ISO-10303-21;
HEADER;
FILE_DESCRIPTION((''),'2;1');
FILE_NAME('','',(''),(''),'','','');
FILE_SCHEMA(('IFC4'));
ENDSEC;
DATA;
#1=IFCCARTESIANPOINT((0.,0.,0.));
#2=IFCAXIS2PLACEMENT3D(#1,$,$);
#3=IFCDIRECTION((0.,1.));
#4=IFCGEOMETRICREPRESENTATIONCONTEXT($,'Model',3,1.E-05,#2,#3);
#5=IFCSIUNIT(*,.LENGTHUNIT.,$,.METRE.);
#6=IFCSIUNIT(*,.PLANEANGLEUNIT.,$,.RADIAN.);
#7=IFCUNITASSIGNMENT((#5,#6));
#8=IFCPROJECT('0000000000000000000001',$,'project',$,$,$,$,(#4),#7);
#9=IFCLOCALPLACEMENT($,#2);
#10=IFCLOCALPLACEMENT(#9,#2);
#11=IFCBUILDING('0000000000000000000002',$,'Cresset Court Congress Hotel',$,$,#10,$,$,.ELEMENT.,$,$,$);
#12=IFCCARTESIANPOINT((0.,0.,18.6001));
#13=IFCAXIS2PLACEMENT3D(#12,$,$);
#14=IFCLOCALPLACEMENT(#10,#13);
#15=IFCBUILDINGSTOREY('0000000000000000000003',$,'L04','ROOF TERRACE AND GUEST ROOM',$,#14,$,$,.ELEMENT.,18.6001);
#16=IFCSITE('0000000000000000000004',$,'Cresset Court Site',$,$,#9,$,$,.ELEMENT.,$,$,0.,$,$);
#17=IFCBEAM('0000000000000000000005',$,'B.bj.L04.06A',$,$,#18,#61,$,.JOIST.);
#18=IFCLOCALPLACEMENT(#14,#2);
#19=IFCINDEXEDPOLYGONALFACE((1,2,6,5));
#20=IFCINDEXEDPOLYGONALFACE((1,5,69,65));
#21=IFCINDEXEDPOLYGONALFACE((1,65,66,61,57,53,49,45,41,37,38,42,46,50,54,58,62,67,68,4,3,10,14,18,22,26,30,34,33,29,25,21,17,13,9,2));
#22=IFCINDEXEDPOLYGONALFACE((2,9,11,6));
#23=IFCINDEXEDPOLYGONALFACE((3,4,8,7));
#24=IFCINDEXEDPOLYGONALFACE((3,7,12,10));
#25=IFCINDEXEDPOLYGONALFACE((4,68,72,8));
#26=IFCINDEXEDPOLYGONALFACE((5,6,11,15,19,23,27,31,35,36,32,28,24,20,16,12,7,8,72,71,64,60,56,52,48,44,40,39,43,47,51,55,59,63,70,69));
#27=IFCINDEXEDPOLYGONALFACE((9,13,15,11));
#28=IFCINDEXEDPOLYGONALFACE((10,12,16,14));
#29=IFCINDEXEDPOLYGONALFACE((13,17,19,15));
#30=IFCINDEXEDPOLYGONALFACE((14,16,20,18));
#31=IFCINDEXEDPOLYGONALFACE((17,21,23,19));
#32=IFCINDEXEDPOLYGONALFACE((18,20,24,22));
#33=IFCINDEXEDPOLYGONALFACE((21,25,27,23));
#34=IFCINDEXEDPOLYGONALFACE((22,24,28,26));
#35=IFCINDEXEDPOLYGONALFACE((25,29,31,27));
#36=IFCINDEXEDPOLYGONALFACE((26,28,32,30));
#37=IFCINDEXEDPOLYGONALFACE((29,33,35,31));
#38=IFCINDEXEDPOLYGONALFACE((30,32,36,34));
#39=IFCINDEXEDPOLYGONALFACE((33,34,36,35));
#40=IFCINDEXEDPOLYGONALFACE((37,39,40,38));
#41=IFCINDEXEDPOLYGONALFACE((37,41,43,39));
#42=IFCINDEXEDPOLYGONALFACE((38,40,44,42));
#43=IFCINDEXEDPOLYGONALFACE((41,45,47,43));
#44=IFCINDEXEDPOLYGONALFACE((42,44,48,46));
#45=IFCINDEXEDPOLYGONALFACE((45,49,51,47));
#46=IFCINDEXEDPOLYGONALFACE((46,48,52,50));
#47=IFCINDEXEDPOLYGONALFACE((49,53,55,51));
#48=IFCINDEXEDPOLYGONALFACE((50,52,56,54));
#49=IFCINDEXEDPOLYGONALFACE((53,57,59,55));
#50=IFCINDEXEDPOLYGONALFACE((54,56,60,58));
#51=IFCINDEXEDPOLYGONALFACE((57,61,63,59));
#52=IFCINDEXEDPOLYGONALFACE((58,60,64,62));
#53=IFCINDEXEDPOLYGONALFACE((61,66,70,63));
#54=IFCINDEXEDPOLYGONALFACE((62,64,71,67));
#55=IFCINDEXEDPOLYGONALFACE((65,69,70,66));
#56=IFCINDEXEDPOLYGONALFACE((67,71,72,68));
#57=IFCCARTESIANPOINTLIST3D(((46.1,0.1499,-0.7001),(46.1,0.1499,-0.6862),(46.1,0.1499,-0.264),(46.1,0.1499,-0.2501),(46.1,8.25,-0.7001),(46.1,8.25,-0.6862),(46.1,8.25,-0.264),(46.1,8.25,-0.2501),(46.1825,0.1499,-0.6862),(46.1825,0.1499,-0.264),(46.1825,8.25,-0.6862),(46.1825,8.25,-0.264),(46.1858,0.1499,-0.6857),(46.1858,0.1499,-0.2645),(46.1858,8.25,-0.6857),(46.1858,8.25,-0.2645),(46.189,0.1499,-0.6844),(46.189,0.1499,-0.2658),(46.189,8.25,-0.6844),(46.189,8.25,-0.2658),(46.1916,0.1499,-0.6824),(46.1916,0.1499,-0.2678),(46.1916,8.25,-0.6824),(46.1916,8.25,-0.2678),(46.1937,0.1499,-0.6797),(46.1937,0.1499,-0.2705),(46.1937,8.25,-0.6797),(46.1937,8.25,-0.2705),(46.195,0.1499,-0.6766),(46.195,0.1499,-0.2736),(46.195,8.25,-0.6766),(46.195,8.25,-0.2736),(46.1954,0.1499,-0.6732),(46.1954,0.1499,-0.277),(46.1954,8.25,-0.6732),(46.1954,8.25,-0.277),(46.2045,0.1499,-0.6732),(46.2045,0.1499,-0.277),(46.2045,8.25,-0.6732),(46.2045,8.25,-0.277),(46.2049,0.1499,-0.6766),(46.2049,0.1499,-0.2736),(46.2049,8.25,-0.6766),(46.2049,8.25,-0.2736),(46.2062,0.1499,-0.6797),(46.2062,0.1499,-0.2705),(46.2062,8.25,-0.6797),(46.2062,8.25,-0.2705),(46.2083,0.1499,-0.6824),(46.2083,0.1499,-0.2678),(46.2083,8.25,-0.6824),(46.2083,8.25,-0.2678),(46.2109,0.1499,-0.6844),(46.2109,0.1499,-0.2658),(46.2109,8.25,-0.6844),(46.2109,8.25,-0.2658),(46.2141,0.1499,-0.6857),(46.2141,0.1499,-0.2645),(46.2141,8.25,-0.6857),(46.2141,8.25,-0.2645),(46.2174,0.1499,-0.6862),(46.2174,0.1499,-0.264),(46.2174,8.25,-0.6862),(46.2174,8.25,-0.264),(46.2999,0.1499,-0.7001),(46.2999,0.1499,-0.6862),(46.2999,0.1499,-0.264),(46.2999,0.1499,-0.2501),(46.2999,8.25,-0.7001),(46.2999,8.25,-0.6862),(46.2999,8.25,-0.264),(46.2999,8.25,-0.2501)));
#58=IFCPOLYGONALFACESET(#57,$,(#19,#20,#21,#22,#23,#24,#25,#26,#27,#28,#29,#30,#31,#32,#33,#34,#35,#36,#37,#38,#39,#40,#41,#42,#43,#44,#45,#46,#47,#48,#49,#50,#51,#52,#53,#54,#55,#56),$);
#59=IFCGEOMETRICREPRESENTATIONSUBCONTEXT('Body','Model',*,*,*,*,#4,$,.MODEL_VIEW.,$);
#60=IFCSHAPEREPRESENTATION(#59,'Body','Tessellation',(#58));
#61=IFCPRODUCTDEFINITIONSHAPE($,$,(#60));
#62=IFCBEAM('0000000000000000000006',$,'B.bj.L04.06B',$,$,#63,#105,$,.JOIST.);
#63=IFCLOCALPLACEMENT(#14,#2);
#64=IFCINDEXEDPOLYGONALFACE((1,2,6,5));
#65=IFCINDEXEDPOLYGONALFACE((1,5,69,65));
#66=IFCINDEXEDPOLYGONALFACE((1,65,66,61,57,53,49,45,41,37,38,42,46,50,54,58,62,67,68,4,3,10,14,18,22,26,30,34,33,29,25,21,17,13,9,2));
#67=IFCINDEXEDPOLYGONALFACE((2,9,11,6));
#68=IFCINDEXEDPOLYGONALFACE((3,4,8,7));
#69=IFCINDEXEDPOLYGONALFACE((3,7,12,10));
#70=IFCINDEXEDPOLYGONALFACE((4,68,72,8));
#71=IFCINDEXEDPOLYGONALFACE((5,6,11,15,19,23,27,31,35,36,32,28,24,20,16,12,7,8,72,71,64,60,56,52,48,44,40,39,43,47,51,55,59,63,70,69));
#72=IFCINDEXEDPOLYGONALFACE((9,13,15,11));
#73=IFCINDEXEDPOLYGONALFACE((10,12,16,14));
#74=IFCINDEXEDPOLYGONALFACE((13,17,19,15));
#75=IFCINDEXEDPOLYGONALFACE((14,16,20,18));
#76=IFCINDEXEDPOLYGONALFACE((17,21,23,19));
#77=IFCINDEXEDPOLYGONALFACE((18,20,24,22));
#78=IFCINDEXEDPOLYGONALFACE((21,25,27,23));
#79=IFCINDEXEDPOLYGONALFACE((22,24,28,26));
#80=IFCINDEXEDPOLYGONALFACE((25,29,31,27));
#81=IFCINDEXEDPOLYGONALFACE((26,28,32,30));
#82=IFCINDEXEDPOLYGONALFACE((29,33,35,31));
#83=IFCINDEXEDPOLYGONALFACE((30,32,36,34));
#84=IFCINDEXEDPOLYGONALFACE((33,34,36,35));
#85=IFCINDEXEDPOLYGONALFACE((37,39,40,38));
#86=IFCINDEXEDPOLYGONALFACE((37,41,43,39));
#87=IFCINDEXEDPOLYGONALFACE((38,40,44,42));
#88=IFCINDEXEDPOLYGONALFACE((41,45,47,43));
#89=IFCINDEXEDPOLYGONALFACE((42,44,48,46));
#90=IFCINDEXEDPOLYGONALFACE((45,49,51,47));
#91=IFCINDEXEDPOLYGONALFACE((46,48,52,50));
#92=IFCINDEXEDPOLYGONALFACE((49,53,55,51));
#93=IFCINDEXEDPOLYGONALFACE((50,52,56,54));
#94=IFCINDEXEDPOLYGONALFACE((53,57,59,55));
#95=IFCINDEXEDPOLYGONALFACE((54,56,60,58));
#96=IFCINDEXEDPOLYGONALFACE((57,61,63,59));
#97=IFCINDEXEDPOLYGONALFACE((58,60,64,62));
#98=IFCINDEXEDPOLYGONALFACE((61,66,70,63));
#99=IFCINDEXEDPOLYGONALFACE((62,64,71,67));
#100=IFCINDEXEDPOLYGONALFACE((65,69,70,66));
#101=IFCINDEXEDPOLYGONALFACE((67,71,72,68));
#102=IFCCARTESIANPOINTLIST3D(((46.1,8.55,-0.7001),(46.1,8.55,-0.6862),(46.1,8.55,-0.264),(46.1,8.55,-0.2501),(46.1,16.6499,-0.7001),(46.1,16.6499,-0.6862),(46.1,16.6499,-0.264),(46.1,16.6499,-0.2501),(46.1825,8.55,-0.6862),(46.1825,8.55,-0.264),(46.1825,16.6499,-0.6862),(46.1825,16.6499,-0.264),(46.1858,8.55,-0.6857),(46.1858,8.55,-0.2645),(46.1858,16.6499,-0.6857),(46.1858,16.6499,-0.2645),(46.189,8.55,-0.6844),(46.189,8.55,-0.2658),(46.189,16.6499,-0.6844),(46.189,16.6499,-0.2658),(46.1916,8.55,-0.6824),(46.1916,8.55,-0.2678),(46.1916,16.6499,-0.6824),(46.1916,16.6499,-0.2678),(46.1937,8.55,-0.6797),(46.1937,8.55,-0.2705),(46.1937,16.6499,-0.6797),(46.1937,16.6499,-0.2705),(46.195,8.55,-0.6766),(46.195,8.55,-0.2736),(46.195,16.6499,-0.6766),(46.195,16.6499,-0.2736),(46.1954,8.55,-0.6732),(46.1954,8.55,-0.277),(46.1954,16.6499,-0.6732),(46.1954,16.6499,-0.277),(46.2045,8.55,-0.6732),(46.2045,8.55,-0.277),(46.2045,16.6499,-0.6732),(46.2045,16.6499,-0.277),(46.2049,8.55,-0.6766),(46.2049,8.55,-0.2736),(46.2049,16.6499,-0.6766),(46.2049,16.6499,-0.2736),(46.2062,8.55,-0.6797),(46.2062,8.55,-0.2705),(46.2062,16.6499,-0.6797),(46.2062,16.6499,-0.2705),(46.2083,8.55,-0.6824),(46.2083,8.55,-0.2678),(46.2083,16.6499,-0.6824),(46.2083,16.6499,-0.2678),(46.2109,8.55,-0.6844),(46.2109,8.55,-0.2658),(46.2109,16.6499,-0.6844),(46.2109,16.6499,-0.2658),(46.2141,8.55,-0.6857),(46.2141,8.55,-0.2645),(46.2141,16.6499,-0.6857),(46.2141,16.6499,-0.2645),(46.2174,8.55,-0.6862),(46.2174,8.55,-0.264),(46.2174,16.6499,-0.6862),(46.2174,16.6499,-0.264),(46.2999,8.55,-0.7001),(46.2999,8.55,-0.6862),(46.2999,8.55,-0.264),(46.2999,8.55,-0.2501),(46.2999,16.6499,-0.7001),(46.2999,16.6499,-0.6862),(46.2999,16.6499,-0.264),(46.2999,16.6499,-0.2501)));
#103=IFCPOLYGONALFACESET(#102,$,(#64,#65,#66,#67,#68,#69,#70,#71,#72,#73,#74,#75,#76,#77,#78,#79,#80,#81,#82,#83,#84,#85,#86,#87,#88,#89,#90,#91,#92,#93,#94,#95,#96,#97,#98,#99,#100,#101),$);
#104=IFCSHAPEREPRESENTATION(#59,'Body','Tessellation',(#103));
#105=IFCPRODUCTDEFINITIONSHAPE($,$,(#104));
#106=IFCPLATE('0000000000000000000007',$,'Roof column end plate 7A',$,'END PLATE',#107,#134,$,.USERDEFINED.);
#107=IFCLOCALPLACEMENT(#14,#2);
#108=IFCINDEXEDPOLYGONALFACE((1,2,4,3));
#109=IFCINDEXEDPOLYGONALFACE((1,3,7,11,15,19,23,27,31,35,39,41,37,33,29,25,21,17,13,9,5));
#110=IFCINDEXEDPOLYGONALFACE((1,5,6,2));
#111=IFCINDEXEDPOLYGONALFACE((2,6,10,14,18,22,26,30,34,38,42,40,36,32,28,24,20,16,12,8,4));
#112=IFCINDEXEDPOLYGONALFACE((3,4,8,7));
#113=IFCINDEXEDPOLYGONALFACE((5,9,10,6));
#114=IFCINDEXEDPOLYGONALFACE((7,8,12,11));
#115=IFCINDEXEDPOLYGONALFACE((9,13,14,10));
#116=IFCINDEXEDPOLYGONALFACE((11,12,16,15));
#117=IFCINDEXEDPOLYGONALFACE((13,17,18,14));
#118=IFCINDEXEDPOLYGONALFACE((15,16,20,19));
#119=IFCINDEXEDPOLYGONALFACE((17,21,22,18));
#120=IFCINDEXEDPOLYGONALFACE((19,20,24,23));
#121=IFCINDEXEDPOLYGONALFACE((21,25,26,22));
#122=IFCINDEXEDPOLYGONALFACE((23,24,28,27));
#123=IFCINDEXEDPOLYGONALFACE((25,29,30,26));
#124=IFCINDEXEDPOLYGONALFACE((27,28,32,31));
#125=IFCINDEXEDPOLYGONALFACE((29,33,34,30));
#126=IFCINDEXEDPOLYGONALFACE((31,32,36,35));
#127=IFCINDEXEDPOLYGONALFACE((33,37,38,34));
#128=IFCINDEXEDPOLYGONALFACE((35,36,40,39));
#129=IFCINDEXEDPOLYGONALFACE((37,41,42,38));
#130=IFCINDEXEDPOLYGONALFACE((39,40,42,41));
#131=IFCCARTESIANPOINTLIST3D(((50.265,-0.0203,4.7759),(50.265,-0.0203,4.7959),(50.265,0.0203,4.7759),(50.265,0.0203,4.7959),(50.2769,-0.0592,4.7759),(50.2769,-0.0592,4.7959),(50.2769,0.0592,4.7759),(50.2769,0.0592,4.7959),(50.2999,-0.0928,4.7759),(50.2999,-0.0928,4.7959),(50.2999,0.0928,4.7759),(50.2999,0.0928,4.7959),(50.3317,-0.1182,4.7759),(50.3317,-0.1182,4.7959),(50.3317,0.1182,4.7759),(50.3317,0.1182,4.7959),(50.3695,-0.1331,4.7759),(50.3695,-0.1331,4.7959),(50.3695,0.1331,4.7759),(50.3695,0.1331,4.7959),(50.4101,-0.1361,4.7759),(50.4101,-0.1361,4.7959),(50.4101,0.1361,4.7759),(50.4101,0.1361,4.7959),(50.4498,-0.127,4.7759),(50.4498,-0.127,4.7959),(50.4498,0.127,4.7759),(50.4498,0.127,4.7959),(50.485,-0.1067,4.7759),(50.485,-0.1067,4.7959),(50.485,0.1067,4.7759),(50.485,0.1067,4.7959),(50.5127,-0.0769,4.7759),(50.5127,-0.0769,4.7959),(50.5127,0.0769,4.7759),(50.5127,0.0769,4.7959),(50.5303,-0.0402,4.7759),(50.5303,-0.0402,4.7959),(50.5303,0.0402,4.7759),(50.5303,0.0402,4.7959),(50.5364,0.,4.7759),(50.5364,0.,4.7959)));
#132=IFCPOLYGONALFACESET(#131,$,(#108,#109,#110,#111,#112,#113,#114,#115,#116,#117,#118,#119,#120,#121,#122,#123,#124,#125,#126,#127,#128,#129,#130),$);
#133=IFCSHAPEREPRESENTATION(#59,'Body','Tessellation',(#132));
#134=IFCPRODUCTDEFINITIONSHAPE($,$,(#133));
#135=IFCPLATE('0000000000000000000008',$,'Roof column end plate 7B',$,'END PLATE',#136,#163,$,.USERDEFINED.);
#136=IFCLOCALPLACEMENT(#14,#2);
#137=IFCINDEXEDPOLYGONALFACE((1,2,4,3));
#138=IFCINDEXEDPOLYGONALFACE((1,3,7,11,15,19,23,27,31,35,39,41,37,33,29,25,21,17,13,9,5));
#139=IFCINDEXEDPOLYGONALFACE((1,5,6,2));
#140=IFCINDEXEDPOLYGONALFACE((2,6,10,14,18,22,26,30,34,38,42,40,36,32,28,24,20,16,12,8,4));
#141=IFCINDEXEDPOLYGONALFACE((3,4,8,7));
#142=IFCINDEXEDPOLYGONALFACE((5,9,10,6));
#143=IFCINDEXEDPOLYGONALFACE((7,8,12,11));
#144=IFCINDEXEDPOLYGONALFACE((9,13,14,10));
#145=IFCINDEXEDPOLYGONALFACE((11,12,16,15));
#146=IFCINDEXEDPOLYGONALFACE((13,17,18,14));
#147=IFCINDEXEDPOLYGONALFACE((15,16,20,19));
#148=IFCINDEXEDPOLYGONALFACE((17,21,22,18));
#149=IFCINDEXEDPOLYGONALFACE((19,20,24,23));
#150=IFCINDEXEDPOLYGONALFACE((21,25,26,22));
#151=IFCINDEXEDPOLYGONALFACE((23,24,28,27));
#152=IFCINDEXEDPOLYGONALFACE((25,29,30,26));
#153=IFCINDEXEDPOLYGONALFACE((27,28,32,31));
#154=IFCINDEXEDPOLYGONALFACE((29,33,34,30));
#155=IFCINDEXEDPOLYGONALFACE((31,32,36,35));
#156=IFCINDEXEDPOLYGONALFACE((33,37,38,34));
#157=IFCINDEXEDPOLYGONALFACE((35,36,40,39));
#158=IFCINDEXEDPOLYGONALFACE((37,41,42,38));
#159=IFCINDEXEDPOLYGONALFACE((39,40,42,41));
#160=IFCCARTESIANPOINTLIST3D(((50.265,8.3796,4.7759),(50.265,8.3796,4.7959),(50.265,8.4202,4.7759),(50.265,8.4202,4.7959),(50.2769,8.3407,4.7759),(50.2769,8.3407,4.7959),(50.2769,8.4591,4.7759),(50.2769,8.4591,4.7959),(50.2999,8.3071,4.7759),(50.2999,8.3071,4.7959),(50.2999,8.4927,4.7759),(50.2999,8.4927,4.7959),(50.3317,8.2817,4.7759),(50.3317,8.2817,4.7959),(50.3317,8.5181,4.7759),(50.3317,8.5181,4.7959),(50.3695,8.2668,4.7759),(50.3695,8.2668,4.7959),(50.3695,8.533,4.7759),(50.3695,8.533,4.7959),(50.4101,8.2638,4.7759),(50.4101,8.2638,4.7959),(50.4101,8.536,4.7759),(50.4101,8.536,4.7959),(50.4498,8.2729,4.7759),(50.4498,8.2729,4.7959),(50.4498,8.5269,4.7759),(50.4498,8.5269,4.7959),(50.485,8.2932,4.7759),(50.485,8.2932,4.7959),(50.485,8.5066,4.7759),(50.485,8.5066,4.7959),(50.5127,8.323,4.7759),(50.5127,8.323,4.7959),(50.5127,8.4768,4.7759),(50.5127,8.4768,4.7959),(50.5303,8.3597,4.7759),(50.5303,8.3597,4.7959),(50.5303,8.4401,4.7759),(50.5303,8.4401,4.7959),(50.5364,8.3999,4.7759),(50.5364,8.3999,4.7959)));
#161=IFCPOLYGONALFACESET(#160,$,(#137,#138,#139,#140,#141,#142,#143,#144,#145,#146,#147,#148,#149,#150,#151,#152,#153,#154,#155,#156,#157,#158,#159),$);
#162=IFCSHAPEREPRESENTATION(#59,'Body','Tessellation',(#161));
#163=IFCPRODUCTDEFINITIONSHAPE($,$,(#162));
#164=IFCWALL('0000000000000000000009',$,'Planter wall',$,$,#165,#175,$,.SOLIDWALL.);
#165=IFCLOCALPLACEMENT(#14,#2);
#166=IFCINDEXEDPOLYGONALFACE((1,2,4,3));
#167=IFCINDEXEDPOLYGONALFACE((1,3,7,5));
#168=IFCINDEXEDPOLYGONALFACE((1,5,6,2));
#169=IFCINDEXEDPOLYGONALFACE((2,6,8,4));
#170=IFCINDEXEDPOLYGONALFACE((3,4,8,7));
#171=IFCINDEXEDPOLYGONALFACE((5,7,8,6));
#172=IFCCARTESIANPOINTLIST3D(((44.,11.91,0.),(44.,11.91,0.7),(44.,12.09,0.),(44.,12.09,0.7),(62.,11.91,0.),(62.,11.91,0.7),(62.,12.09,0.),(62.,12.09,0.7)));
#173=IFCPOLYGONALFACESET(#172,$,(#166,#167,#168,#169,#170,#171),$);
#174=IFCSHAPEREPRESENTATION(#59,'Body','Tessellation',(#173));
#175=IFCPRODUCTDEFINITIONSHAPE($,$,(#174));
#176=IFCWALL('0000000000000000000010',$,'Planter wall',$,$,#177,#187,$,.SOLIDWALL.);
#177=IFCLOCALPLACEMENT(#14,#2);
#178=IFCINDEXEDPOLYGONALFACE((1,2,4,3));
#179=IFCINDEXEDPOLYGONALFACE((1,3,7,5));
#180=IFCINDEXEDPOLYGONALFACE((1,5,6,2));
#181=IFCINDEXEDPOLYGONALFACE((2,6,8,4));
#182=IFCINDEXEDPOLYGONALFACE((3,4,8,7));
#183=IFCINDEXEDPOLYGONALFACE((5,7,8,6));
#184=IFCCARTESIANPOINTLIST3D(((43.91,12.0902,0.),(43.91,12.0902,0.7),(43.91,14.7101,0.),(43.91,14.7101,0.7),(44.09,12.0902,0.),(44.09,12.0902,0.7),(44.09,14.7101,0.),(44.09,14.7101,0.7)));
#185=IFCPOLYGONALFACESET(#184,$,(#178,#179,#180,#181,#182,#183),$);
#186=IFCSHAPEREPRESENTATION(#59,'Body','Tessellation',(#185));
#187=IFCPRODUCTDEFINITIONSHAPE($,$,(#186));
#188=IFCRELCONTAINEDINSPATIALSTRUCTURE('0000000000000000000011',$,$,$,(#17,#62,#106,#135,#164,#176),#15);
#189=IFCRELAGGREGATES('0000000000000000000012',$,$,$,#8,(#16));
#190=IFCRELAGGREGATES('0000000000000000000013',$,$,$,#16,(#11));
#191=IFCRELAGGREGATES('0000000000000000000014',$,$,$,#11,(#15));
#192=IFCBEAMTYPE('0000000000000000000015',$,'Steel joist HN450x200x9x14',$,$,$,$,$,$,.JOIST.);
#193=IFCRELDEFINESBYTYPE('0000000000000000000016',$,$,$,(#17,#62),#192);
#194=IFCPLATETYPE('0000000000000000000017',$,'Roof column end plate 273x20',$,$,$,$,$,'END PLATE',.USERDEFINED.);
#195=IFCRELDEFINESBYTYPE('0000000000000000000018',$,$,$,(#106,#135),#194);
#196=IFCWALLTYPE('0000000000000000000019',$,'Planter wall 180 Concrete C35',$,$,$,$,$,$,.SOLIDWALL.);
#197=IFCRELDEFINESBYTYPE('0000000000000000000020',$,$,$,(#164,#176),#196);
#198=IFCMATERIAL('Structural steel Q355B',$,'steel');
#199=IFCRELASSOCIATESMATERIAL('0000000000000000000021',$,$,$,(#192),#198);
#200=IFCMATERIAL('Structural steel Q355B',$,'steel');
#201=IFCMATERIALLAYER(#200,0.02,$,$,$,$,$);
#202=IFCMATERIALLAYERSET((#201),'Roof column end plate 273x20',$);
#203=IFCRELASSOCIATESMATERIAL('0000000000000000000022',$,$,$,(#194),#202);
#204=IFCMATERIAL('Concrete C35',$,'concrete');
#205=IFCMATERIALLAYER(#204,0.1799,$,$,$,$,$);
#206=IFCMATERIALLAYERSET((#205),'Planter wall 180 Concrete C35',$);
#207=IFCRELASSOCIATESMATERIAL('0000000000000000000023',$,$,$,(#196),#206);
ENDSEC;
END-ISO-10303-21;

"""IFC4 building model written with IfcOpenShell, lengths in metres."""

from ifc_helpers import new_model, si_unit, direction, frame, frame_2d, origin, origin_2d, place, context, subcontext, project, spatial, rectangle, circle, i_section, extrude, material, layer, layer_set, material_profile, profile_set, type_object, element, save


model = new_model("IFC4")

# Units and contexts
model_context = context("Model", 3, precision=1e-05, world=origin(), true_north=direction((0.0, 1.0)))
body_context = subcontext(model_context, "Body", "Model", "MODEL_VIEW")
ifc_project = project(units=[si_unit("LENGTHUNIT", "METRE"), si_unit("PLANEANGLEUNIT", "RADIAN")], contexts=[model_context])

# Site, building, storey
site_placement = place(None, origin())
site = spatial("IfcSite", under=ifc_project, at=site_placement, Name="Cresset Court Site", CompositionType="ELEMENT", RefElevation=0.0)
building_placement = place(site_placement, origin())
building = spatial("IfcBuilding", under=site, at=building_placement, Name="Cresset Court Congress Hotel", CompositionType="ELEMENT")
storey_placement = place(building_placement, frame((0.0, 0.0, 18.6001)))
storey = spatial("IfcBuildingStorey", under=building, at=storey_placement, Name="L04", Description="ROOF TERRACE AND GUEST ROOM", CompositionType="ELEMENT", Elevation=18.6001)

# Beams
ifc_material_1 = material(Name="Structural steel Q355B", Category="steel")
ifc_material_profile_1 = material_profile(ifc_material_1, i_section(OverallWidth=0.2, OverallDepth=0.45, WebThickness=0.009, FlangeThickness=0.0139, FilletRadius=0.0129, at=origin_2d()), Name="HN450x200x9x14")
ifc_profile_set_1 = profile_set([ifc_material_profile_1], Name="Structural steel Q355B")
beam_type_1 = type_object("IfcBeamType", Name="Steel joist HN450x200x9x14", PredefinedType="JOIST", material=ifc_profile_set_1)
beam_1_placement = place(storey_placement, frame((46.2, 0.1499, -0.4751), z_axis=(0.0, 1.0, 0.0), x_axis=(-1.0, 0.0, 0.0)))
element("IfcBeam", 1, at=beam_1_placement, inside=storey, type_object=beam_type_1, Name="B.bj.L04.06A", PredefinedType="JOIST", context=body_context, shape_type="SweptSolid", body=[
    extrude(i_section(OverallWidth=0.2, OverallDepth=0.45, WebThickness=0.009, FlangeThickness=0.0139, FilletRadius=0.0129, at=origin_2d()), origin(), (0.0, 0.0, 1.0), 8.1001),
])
beam_2_placement = place(storey_placement, frame((46.2, 8.55, -0.4751), z_axis=(0.0, 1.0, 0.0), x_axis=(-1.0, 0.0, 0.0)))
element("IfcBeam", 2, at=beam_2_placement, inside=storey, type_object=beam_type_1, Name="B.bj.L04.06B", PredefinedType="JOIST", context=body_context, shape_type="SweptSolid", body=[
    extrude(i_section(OverallWidth=0.2, OverallDepth=0.45, WebThickness=0.009, FlangeThickness=0.0139, FilletRadius=0.0129, at=origin_2d()), origin(), (0.0, 0.0, 1.0), 8.0999),
])

# Plates
ifc_material_2 = material(Name="Structural steel Q355B", Category="steel")
ifc_layer_1 = layer(ifc_material_2, 0.02)
ifc_layer_set_1 = layer_set([ifc_layer_1], Name="Roof column end plate 273x20")
plate_type = type_object("IfcPlateType", Name="Roof column end plate 273x20", ElementType="END PLATE", PredefinedType="USERDEFINED", material=ifc_layer_set_1)
for number, where, z_axis, x_axis, name in (
    (3, (50.3999, 0.0, 4.7759), (0.0, 0.0, 1.0), (1.0, 0.0, 0.0), "Roof column end plate 7A"),
    (4, (50.3999, 8.3999, 4.7759), (0.0, 0.0, 1.0), (1.0, 0.0, 0.0), "Roof column end plate 7B"),
):
    element("IfcPlate", number, at=place(storey_placement, frame(where, z_axis=z_axis, x_axis=x_axis)), inside=storey, type_object=plate_type, Name=name, ObjectType="END PLATE", PredefinedType="USERDEFINED", context=body_context, shape_type="SweptSolid", body=[
        extrude(circle(Radius=0.1365, at=origin_2d()), origin(), (0.0, 0.0, 1.0), 0.02),
    ])

# Walls
ifc_material_3 = material(Name="Concrete C35", Category="concrete")
ifc_layer_2 = layer(ifc_material_3, 0.1799)
ifc_layer_set_2 = layer_set([ifc_layer_2], Name="Planter wall 180 Concrete C35")
wall_type = type_object("IfcWallType", Name="Planter wall 180 Concrete C35", PredefinedType="SOLIDWALL", material=ifc_layer_set_2)
wall_1_placement = place(storey_placement, frame((44.0, 12.0, 0.0), z_axis=(0.0, 0.0, 1.0), x_axis=(1.0, 0.0, 0.0)))
element("IfcWall", 5, at=wall_1_placement, inside=storey, type_object=wall_type, Name="Planter wall", PredefinedType="SOLIDWALL", context=body_context, shape_type="SweptSolid", body=[
    extrude(rectangle(XDim=18.0, YDim=0.1799, at=frame_2d((9.0, 0.0))), origin(), (0.0, 0.0, 1.0), 0.7),
])
wall_2_placement = place(storey_placement, frame((44.0, 12.0901, 0.0), z_axis=(0.0, 0.0, 1.0), x_axis=(0.0, 1.0, 0.0)))
element("IfcWall", 6, at=wall_2_placement, inside=storey, type_object=wall_type, Name="Planter wall", PredefinedType="SOLIDWALL", context=body_context, shape_type="SweptSolid", body=[
    extrude(rectangle(XDim=2.6199, YDim=0.1799, at=frame_2d((1.3101, 0.0))), origin(), (0.0, 0.0, 1.0), 0.7),
])

save(model, "model.ifc")
